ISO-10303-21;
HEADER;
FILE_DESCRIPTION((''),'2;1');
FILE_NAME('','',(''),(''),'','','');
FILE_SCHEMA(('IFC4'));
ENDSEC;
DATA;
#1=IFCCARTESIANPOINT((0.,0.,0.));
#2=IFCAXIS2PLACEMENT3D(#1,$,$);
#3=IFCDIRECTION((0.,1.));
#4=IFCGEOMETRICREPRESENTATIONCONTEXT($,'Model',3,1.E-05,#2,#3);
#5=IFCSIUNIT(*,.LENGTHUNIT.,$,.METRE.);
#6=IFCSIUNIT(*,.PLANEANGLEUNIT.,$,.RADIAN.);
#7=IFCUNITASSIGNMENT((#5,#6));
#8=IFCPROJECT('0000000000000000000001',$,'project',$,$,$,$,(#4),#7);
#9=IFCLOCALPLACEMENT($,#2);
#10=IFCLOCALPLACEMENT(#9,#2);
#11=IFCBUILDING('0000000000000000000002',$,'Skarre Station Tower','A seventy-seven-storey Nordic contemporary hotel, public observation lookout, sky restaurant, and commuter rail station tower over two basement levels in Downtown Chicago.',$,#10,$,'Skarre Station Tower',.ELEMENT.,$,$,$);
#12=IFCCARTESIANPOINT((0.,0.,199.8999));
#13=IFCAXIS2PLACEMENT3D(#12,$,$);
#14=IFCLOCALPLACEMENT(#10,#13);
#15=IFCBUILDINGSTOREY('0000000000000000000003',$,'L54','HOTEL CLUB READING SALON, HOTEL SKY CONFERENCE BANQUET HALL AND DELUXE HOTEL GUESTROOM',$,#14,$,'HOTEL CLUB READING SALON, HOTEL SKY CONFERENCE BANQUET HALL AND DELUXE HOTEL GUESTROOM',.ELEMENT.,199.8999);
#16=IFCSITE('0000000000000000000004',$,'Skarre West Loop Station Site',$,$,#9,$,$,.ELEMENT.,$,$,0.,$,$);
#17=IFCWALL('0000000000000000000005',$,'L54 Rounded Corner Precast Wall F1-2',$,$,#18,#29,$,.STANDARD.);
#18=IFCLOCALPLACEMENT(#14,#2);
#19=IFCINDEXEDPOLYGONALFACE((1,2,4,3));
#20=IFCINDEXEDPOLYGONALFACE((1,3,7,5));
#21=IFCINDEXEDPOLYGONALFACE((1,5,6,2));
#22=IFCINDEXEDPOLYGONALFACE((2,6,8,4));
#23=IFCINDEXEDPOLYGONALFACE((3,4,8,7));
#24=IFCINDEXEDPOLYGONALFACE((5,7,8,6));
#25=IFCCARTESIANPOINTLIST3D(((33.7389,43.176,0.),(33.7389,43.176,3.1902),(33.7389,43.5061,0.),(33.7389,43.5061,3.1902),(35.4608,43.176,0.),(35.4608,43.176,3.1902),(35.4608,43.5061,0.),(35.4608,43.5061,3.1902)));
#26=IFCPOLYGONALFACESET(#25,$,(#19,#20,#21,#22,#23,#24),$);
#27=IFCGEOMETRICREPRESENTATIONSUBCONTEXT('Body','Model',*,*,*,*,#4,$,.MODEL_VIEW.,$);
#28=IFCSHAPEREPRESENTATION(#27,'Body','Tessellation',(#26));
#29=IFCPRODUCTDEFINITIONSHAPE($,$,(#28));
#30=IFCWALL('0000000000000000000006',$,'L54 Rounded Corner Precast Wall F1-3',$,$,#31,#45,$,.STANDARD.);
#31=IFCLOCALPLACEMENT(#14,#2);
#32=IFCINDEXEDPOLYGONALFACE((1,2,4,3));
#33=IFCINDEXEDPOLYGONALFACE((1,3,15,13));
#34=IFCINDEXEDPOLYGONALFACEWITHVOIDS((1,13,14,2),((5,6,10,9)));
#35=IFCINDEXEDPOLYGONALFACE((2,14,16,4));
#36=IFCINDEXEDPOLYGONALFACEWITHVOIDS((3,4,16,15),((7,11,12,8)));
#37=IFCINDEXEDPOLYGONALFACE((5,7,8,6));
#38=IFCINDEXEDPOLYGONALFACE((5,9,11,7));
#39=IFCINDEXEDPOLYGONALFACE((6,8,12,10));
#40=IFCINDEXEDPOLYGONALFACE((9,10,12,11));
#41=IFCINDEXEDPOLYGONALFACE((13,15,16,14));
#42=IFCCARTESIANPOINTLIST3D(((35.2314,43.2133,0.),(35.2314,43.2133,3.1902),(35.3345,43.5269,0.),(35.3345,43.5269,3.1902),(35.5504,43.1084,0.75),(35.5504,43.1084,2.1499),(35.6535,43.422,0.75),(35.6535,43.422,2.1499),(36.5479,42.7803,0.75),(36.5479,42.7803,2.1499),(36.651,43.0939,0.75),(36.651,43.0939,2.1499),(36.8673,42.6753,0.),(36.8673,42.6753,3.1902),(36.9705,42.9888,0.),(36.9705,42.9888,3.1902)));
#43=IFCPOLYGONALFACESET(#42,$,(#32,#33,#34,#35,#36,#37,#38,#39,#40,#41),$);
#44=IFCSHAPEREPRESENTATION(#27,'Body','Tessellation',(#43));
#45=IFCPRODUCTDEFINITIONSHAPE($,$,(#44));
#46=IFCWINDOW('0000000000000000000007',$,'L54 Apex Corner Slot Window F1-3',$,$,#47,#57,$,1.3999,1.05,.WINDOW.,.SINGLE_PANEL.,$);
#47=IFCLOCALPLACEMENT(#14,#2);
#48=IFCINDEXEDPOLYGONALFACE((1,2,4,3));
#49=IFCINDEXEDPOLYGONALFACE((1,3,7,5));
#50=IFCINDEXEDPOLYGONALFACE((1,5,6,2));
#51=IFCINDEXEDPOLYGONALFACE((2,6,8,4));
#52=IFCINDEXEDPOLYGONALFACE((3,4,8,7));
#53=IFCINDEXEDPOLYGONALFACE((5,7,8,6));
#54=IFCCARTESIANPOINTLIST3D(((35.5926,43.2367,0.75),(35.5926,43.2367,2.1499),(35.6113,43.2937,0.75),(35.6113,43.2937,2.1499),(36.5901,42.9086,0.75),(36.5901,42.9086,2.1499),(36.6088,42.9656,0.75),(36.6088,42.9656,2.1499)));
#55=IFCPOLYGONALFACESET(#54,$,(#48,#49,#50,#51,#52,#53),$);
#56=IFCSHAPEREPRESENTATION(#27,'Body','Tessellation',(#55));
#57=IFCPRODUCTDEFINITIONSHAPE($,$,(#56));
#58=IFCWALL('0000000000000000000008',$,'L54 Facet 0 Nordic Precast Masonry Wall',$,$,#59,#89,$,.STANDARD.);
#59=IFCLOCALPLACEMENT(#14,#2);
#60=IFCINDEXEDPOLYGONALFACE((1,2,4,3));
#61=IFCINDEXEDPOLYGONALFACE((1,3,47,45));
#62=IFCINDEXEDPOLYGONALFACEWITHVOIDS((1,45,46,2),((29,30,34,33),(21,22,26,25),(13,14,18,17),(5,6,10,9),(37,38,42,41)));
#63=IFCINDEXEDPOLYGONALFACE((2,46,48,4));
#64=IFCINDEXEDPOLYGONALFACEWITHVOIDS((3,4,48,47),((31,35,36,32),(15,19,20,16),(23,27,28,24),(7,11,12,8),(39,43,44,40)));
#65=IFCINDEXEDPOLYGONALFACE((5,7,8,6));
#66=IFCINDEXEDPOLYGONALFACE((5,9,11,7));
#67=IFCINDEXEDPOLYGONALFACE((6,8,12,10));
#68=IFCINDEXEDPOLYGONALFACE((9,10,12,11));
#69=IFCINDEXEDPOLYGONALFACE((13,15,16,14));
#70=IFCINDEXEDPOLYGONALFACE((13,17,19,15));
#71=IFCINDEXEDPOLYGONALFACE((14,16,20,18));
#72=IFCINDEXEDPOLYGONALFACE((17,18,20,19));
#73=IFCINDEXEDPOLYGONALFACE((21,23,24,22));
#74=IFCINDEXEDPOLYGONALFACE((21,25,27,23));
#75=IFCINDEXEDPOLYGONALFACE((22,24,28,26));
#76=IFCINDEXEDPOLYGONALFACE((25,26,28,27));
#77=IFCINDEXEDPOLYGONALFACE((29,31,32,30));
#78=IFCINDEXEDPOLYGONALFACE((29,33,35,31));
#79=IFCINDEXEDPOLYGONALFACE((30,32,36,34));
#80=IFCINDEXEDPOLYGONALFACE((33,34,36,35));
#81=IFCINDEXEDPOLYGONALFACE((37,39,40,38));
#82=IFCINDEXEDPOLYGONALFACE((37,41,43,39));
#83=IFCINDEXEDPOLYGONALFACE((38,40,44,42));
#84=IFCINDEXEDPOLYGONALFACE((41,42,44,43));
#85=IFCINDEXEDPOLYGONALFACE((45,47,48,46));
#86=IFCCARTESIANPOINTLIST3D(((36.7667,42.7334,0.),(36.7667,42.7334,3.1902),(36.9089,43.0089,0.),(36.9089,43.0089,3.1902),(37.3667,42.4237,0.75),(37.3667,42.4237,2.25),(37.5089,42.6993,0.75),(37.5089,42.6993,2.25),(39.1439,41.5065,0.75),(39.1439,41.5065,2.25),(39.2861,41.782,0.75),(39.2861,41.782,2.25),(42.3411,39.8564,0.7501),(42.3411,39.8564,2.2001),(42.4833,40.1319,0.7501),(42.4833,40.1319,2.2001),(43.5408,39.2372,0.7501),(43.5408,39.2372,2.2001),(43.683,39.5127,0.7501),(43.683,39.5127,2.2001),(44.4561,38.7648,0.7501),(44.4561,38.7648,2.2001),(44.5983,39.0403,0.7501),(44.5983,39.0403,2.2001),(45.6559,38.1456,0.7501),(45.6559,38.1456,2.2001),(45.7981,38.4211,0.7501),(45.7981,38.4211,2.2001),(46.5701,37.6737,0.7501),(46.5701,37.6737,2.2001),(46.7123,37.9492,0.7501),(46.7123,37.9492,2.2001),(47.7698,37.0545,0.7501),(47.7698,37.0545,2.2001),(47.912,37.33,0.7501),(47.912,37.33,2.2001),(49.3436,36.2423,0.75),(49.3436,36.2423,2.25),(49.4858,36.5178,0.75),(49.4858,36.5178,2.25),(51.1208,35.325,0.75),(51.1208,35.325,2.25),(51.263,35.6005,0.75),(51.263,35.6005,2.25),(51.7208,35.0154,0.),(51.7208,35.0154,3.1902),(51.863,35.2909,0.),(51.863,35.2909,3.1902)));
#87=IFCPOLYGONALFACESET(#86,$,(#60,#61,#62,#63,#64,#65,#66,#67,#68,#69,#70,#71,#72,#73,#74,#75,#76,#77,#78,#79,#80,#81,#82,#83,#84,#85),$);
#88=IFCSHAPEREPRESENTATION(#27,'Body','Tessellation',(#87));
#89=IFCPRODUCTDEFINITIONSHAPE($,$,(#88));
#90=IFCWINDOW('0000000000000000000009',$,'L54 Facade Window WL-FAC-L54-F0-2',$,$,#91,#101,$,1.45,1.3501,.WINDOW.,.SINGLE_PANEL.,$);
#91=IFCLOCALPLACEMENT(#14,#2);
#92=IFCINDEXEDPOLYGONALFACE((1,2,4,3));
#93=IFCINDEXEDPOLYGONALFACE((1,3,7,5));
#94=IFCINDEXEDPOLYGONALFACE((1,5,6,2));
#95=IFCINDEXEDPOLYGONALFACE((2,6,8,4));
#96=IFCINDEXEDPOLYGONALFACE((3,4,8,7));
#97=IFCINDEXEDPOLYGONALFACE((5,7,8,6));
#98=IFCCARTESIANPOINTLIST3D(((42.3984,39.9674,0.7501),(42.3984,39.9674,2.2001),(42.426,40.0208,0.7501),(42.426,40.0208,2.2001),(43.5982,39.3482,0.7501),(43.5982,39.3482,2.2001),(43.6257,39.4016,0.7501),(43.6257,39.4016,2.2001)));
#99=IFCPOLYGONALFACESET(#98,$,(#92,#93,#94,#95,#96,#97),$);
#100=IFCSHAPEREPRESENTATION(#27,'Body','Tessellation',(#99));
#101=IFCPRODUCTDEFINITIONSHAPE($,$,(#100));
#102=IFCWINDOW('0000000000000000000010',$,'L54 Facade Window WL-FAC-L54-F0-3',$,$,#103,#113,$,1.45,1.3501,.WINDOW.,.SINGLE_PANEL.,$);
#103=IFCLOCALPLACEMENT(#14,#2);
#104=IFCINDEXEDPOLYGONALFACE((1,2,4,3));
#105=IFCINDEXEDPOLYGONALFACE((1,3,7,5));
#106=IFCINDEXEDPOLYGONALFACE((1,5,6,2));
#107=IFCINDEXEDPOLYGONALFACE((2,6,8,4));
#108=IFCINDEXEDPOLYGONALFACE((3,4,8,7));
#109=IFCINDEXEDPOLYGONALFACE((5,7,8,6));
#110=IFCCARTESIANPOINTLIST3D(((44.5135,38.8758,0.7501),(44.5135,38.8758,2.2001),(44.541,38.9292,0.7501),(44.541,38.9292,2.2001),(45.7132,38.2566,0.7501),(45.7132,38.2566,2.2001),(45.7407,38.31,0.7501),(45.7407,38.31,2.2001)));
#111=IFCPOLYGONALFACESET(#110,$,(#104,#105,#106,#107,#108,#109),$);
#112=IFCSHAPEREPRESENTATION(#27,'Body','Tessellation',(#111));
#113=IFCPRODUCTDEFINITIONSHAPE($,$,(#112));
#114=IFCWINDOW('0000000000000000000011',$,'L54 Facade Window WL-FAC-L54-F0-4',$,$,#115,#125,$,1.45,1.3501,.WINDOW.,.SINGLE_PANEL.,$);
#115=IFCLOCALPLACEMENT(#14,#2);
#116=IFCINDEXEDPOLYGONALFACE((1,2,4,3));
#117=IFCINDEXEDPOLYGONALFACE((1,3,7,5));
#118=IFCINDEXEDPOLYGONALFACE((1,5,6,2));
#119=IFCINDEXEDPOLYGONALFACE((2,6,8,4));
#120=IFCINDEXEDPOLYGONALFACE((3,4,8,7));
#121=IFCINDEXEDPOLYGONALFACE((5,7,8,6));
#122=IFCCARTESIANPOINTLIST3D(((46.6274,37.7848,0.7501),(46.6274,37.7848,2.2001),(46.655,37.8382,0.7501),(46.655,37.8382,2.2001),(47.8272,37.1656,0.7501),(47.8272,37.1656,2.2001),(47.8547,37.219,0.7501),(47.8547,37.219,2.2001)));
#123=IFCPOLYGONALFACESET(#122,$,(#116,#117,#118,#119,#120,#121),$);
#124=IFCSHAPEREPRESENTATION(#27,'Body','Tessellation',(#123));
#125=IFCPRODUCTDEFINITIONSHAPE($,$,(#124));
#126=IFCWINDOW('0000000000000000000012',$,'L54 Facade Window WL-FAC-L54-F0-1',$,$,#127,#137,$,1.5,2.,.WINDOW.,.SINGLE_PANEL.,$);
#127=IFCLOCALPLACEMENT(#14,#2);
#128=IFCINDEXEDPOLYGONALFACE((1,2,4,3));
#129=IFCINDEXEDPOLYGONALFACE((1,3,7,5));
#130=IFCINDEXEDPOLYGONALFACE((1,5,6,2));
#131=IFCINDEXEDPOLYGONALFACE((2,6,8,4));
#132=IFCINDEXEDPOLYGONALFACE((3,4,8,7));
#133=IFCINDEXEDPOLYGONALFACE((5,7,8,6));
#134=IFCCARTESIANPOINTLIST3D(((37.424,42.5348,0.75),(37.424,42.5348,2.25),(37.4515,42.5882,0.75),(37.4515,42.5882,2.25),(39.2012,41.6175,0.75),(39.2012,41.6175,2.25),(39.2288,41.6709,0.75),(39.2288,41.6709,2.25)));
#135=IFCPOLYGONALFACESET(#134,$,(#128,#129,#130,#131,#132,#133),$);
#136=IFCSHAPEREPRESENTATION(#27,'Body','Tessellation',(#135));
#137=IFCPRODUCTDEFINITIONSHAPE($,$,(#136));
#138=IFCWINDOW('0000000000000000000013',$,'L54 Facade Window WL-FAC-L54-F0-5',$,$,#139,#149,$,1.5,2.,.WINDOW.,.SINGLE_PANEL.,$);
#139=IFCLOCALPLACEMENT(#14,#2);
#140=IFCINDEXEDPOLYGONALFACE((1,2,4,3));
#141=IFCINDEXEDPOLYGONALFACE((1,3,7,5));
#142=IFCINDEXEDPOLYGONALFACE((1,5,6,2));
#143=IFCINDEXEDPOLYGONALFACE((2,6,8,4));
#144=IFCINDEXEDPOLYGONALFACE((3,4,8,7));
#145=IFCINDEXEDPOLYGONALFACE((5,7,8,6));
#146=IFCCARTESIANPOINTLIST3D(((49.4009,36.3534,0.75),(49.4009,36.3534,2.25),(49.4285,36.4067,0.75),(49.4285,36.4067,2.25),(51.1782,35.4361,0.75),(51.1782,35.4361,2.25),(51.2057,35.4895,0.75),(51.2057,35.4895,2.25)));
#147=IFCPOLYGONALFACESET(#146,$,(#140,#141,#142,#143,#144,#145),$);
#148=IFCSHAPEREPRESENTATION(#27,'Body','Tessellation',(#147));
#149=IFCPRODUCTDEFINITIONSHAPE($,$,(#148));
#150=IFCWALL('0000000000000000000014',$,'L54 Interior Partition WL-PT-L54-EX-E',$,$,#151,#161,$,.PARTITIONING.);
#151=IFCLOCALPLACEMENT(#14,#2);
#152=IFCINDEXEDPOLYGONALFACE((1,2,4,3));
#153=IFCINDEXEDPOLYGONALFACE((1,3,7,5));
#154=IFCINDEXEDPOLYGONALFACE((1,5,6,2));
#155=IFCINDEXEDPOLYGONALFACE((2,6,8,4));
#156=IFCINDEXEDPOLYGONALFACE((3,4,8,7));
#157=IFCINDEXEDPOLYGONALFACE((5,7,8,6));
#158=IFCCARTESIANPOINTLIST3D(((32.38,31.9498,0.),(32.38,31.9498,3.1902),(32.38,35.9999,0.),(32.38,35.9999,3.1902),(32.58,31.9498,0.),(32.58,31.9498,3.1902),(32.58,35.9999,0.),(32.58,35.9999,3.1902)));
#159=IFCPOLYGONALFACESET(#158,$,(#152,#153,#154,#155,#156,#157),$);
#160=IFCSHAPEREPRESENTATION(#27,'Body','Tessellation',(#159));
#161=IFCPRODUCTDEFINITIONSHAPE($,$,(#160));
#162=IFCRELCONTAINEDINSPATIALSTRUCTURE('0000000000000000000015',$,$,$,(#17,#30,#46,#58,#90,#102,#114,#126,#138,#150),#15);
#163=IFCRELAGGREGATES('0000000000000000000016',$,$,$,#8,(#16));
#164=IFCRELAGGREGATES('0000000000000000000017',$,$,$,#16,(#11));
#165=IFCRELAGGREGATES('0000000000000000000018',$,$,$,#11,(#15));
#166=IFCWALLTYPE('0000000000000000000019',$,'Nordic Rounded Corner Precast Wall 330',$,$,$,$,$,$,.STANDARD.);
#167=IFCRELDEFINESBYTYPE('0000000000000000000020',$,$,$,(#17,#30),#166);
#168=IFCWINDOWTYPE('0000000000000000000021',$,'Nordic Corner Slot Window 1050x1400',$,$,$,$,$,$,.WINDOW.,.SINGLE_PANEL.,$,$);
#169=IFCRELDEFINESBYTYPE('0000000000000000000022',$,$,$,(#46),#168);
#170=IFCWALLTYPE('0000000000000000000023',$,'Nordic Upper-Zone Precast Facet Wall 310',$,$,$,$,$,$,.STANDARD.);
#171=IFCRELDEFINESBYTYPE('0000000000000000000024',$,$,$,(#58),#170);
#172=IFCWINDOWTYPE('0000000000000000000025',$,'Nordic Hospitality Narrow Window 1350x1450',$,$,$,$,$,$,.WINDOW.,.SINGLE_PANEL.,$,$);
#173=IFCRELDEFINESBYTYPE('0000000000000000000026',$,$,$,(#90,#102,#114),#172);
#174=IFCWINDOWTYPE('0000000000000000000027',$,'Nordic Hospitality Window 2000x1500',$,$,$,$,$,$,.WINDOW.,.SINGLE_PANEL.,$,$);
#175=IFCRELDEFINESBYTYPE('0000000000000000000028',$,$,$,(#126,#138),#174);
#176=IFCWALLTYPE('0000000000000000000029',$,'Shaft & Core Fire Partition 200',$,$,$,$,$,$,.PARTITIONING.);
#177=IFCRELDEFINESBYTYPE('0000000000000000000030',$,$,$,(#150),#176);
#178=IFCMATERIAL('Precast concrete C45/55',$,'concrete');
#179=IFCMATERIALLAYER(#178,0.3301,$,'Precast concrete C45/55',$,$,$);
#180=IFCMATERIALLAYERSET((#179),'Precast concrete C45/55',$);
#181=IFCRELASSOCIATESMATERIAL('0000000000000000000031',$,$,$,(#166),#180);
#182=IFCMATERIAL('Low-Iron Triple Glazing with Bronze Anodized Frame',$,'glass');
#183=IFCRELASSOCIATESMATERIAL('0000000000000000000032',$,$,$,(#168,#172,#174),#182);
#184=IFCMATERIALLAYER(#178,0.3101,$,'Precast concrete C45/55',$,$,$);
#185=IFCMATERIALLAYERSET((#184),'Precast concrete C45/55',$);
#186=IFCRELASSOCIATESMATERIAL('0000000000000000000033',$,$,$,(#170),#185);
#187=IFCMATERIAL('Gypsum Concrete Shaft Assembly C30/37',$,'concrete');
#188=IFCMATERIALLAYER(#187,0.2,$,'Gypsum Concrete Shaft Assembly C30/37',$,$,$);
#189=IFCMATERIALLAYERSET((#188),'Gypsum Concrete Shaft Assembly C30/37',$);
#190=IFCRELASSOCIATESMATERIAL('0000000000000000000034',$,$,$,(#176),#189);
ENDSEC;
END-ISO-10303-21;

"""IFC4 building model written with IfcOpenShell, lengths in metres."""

from ifc_helpers import new_model, si_unit, direction, frame, frame_2d, origin, place, context, subcontext, project, spatial, rectangle, extrude, material, layer, layer_set, type_object, element, fill, save


model = new_model("IFC4")

# Units and contexts
model_context = context("Model", 3, precision=1e-05, world=origin(), true_north=direction((0.0, 1.0)))
body_context = subcontext(model_context, "Body", "Model", "MODEL_VIEW")
ifc_project = project(units=[si_unit("LENGTHUNIT", "METRE"), si_unit("PLANEANGLEUNIT", "RADIAN")], contexts=[model_context])

# Site, building, storey
site_placement = place(None, origin())
site = spatial("IfcSite", under=ifc_project, at=site_placement, Name="Skarre West Loop Station Site", CompositionType="ELEMENT", RefElevation=0.0)
building_placement = place(site_placement, origin())
building = spatial("IfcBuilding", under=site, at=building_placement, Name="Skarre Station Tower", Description="A seventy-seven-storey Nordic contemporary hotel, public observation lookout, sky restaurant, and commuter rail station tower over two basement levels in Downtown Chicago.", LongName="Skarre Station Tower", CompositionType="ELEMENT")
storey_placement = place(building_placement, frame((0.0, 0.0, 199.8999)))
storey = spatial("IfcBuildingStorey", under=building, at=storey_placement, Name="L54", Description="HOTEL CLUB READING SALON, HOTEL SKY CONFERENCE BANQUET HALL AND DELUXE HOTEL GUESTROOM", LongName="HOTEL CLUB READING SALON, HOTEL SKY CONFERENCE BANQUET HALL AND DELUXE HOTEL GUESTROOM", CompositionType="ELEMENT", Elevation=199.8999)

# Wall
ifc_material_1 = material(Name="Precast concrete C45/55", Category="concrete")
ifc_layer_1 = layer(ifc_material_1, 0.3301, Name="Precast concrete C45/55")
ifc_layer_set_1 = layer_set([ifc_layer_1], Name="Precast concrete C45/55")
wall_type_1 = type_object("IfcWallType", Name="Nordic Rounded Corner Precast Wall 330", PredefinedType="STANDARD", material=ifc_layer_set_1)
wall_1_placement = place(storey_placement, frame((33.739, 43.3411, 0.0), z_axis=(0.0, 0.0, 1.0), x_axis=(1.0, 0.0, 0.0)))
element("IfcWall", 1, at=wall_1_placement, inside=storey, type_object=wall_type_1, Name="L54 Rounded Corner Precast Wall F1-2", PredefinedType="STANDARD", context=body_context, shape_type="SweptSolid", body=[
    extrude(rectangle(XDim=1.7219, YDim=0.3301, at=frame_2d((0.8608, 0.0))), origin(), (0.0, 0.0, 1.0), 3.1902),
])

# Wall, opening, window
wall_2_placement = place(storey_placement, frame((35.283, 43.3701, 0.0), z_axis=(0.0, 0.0, 1.0), x_axis=(0.949937, -0.31244, 0.0)))
wall_2 = element("IfcWall", 2, at=wall_2_placement, inside=storey, type_object=wall_type_1, Name="L54 Rounded Corner Precast Wall F1-3", PredefinedType="STANDARD", context=body_context, shape_type="SweptSolid", body=[
    extrude(rectangle(XDim=1.7222, YDim=0.3301, at=frame_2d((0.8611, 0.0))), origin(), (0.0, 0.0, 1.0), 3.1902),
])
opening_1_placement = place(wall_2_placement, frame((0.3359, 0.0, 0.75)))
opening_1 = element("IfcOpeningElement", 3, at=opening_1_placement, cuts=wall_2, PredefinedType="OPENING", context=body_context, shape_type="SweptSolid", body=[
    extrude(rectangle(XDim=1.05, YDim=1.3999, at=frame_2d((0.5249, 0.7))), frame((0.0, 0.175, 0.0), z_axis=(0.0, -1.0, 0.0), x_axis=(1.0, 0.0, 0.0)), (0.0, 0.0, 1.0), 0.3501),
])
ifc_material_2 = material(Name="Low-Iron Triple Glazing with Bronze Anodized Frame", Category="glass")
window_type_1 = type_object("IfcWindowType", Name="Nordic Corner Slot Window 1050x1400", PartitioningType="SINGLE_PANEL", PredefinedType="WINDOW", material=ifc_material_2)
window_1_placement = place(opening_1_placement, origin())
window_1 = element("IfcWindow", 4, at=window_1_placement, inside=storey, type_object=window_type_1, Name="L54 Apex Corner Slot Window F1-3", OverallHeight=1.3999, OverallWidth=1.05, PartitioningType="SINGLE_PANEL", PredefinedType="WINDOW", context=body_context, shape_type="SweptSolid", body=[
    extrude(rectangle(XDim=1.05, YDim=1.3999, at=frame_2d((0.5249, 0.7))), frame((0.0, 0.03, 0.0), z_axis=(0.0, -1.0, 0.0), x_axis=(1.0, 0.0, 0.0)), (0.0, 0.0, 1.0), 0.0601),
])
fill(opening_1, window_1)

# Wall, openings, windows
ifc_layer_2 = layer(ifc_material_1, 0.3101, Name="Precast concrete C45/55")
ifc_layer_set_2 = layer_set([ifc_layer_2], Name="Precast concrete C45/55")
wall_type_2 = type_object("IfcWallType", Name="Nordic Upper-Zone Precast Facet Wall 310", PredefinedType="STANDARD", material=ifc_layer_set_2)
wall_3_placement = place(storey_placement, frame((36.8379, 42.8711, 0.0), z_axis=(0.0, 0.0, 1.0), x_axis=(0.888626, -0.458632, 0.0)))
wall_3 = element("IfcWall", 5, at=wall_3_placement, inside=storey, type_object=wall_type_2, Name="L54 Facet 0 Nordic Precast Masonry Wall", PredefinedType="STANDARD", context=body_context, shape_type="SweptSolid", body=[
    extrude(rectangle(XDim=16.8284, YDim=0.3101, at=frame_2d((8.4141, 0.0))), origin(), (0.0, 0.0, 1.0), 3.1902),
])
opening_2_placement = place(wall_3_placement, frame((0.675, 0.0, 0.75)))
opening_2 = element("IfcOpeningElement", 6, at=opening_2_placement, cuts=wall_3, PredefinedType="OPENING", context=body_context, shape_type="SweptSolid", body=[
    extrude(rectangle(XDim=2.0, YDim=1.5, at=frame_2d((1.0, 0.75))), frame((0.0, 0.165, 0.0), z_axis=(0.0, -1.0, 0.0), x_axis=(1.0, 0.0, 0.0)), (0.0, 0.0, 1.0), 0.3301),
])
opening_3_placement = place(wall_3_placement, frame((6.2729, 0.0, 0.75)))
opening_3 = element("IfcOpeningElement", 7, at=opening_3_placement, cuts=wall_3, PredefinedType="OPENING", context=body_context, shape_type="SweptSolid", body=[
    extrude(rectangle(XDim=1.3501, YDim=1.45, at=frame_2d((0.675, 0.7251))), frame((0.0, 0.165, 0.0), z_axis=(0.0, -1.0, 0.0), x_axis=(1.0, 0.0, 0.0)), (0.0, 0.0, 1.0), 0.3301),
])
opening_4_placement = place(wall_3_placement, frame((8.6531, 0.0, 0.75)))
opening_4 = element("IfcOpeningElement", 8, at=opening_4_placement, cuts=wall_3, PredefinedType="OPENING", context=body_context, shape_type="SweptSolid", body=[
    extrude(rectangle(XDim=1.3501, YDim=1.45, at=frame_2d((0.675, 0.7251))), frame((0.0, 0.165, 0.0), z_axis=(0.0, -1.0, 0.0), x_axis=(1.0, 0.0, 0.0)), (0.0, 0.0, 1.0), 0.3301),
])
opening_5_placement = place(wall_3_placement, frame((11.032, 0.0, 0.75)))
opening_5 = element("IfcOpeningElement", 9, at=opening_5_placement, cuts=wall_3, PredefinedType="OPENING", context=body_context, shape_type="SweptSolid", body=[
    extrude(rectangle(XDim=1.3501, YDim=1.45, at=frame_2d((0.675, 0.7251))), frame((0.0, 0.165, 0.0), z_axis=(0.0, -1.0, 0.0), x_axis=(1.0, 0.0, 0.0)), (0.0, 0.0, 1.0), 0.3301),
])
opening_6_placement = place(wall_3_placement, frame((14.1531, 0.0, 0.75)))
opening_6 = element("IfcOpeningElement", 10, at=opening_6_placement, cuts=wall_3, PredefinedType="OPENING", context=body_context, shape_type="SweptSolid", body=[
    extrude(rectangle(XDim=2.0, YDim=1.5, at=frame_2d((1.0, 0.75))), frame((0.0, 0.165, 0.0), z_axis=(0.0, -1.0, 0.0), x_axis=(1.0, 0.0, 0.0)), (0.0, 0.0, 1.0), 0.3301),
])
window_type_2 = type_object("IfcWindowType", Name="Nordic Hospitality Narrow Window 1350x1450", PartitioningType="SINGLE_PANEL", PredefinedType="WINDOW", material=ifc_material_2)
window_2_placement = place(opening_3_placement, origin())
window_2 = element("IfcWindow", 11, at=window_2_placement, inside=storey, type_object=window_type_2, Name="L54 Facade Window WL-FAC-L54-F0-2", OverallHeight=1.45, OverallWidth=1.3501, PartitioningType="SINGLE_PANEL", PredefinedType="WINDOW", context=body_context, shape_type="SweptSolid", body=[
    extrude(rectangle(XDim=1.3501, YDim=1.45, at=frame_2d((0.675, 0.7251))), frame((0.0, 0.03, 0.0), z_axis=(0.0, -1.0, 0.0), x_axis=(1.0, 0.0, 0.0)), (0.0, 0.0, 1.0), 0.0601),
])
fill(opening_3, window_2)
window_3_placement = place(opening_4_placement, origin())
window_3 = element("IfcWindow", 12, at=window_3_placement, inside=storey, type_object=window_type_2, Name="L54 Facade Window WL-FAC-L54-F0-3", OverallHeight=1.45, OverallWidth=1.3501, PartitioningType="SINGLE_PANEL", PredefinedType="WINDOW", context=body_context, shape_type="SweptSolid", body=[
    extrude(rectangle(XDim=1.3501, YDim=1.45, at=frame_2d((0.675, 0.7251))), frame((0.0, 0.03, 0.0), z_axis=(0.0, -1.0, 0.0), x_axis=(1.0, 0.0, 0.0)), (0.0, 0.0, 1.0), 0.0601),
])
fill(opening_4, window_3)
window_4_placement = place(opening_5_placement, origin())
window_4 = element("IfcWindow", 13, at=window_4_placement, inside=storey, type_object=window_type_2, Name="L54 Facade Window WL-FAC-L54-F0-4", OverallHeight=1.45, OverallWidth=1.3501, PartitioningType="SINGLE_PANEL", PredefinedType="WINDOW", context=body_context, shape_type="SweptSolid", body=[
    extrude(rectangle(XDim=1.3501, YDim=1.45, at=frame_2d((0.675, 0.7251))), frame((0.0, 0.03, 0.0), z_axis=(0.0, -1.0, 0.0), x_axis=(1.0, 0.0, 0.0)), (0.0, 0.0, 1.0), 0.0601),
])
fill(opening_5, window_4)
window_type_3 = type_object("IfcWindowType", Name="Nordic Hospitality Window 2000x1500", PartitioningType="SINGLE_PANEL", PredefinedType="WINDOW", material=ifc_material_2)
window_5_placement = place(opening_2_placement, origin())
window_5 = element("IfcWindow", 14, at=window_5_placement, inside=storey, type_object=window_type_3, Name="L54 Facade Window WL-FAC-L54-F0-1", OverallHeight=1.5, OverallWidth=2.0, PartitioningType="SINGLE_PANEL", PredefinedType="WINDOW", context=body_context, shape_type="SweptSolid", body=[
    extrude(rectangle(XDim=2.0, YDim=1.5, at=frame_2d((1.0, 0.75))), frame((0.0, 0.03, 0.0), z_axis=(0.0, -1.0, 0.0), x_axis=(1.0, 0.0, 0.0)), (0.0, 0.0, 1.0), 0.0601),
])
fill(opening_2, window_5)
window_6_placement = place(opening_6_placement, origin())
window_6 = element("IfcWindow", 15, at=window_6_placement, inside=storey, type_object=window_type_3, Name="L54 Facade Window WL-FAC-L54-F0-5", OverallHeight=1.5, OverallWidth=2.0, PartitioningType="SINGLE_PANEL", PredefinedType="WINDOW", context=body_context, shape_type="SweptSolid", body=[
    extrude(rectangle(XDim=2.0, YDim=1.5, at=frame_2d((1.0, 0.75))), frame((0.0, 0.03, 0.0), z_axis=(0.0, -1.0, 0.0), x_axis=(1.0, 0.0, 0.0)), (0.0, 0.0, 1.0), 0.0601),
])
fill(opening_6, window_6)

# Wall
ifc_material_3 = material(Name="Gypsum Concrete Shaft Assembly C30/37", Category="concrete")
ifc_layer_3 = layer(ifc_material_3, 0.2, Name="Gypsum Concrete Shaft Assembly C30/37")
ifc_layer_set_3 = layer_set([ifc_layer_3], Name="Gypsum Concrete Shaft Assembly C30/37")
wall_type_3 = type_object("IfcWallType", Name="Shaft & Core Fire Partition 200", PredefinedType="PARTITIONING", material=ifc_layer_set_3)
wall_4_placement = place(storey_placement, frame((32.48, 31.95, 0.0), z_axis=(0.0, 0.0, 1.0), x_axis=(0.0, 1.0, 0.0)))
element("IfcWall", 16, at=wall_4_placement, inside=storey, type_object=wall_type_3, Name="L54 Interior Partition WL-PT-L54-EX-E", PredefinedType="PARTITIONING", context=body_context, shape_type="SweptSolid", body=[
    extrude(rectangle(XDim=4.05, YDim=0.2, at=frame_2d((2.0249, 0.0))), origin(), (0.0, 0.0, 1.0), 3.1902),
])

save(model, "model.ifc")
